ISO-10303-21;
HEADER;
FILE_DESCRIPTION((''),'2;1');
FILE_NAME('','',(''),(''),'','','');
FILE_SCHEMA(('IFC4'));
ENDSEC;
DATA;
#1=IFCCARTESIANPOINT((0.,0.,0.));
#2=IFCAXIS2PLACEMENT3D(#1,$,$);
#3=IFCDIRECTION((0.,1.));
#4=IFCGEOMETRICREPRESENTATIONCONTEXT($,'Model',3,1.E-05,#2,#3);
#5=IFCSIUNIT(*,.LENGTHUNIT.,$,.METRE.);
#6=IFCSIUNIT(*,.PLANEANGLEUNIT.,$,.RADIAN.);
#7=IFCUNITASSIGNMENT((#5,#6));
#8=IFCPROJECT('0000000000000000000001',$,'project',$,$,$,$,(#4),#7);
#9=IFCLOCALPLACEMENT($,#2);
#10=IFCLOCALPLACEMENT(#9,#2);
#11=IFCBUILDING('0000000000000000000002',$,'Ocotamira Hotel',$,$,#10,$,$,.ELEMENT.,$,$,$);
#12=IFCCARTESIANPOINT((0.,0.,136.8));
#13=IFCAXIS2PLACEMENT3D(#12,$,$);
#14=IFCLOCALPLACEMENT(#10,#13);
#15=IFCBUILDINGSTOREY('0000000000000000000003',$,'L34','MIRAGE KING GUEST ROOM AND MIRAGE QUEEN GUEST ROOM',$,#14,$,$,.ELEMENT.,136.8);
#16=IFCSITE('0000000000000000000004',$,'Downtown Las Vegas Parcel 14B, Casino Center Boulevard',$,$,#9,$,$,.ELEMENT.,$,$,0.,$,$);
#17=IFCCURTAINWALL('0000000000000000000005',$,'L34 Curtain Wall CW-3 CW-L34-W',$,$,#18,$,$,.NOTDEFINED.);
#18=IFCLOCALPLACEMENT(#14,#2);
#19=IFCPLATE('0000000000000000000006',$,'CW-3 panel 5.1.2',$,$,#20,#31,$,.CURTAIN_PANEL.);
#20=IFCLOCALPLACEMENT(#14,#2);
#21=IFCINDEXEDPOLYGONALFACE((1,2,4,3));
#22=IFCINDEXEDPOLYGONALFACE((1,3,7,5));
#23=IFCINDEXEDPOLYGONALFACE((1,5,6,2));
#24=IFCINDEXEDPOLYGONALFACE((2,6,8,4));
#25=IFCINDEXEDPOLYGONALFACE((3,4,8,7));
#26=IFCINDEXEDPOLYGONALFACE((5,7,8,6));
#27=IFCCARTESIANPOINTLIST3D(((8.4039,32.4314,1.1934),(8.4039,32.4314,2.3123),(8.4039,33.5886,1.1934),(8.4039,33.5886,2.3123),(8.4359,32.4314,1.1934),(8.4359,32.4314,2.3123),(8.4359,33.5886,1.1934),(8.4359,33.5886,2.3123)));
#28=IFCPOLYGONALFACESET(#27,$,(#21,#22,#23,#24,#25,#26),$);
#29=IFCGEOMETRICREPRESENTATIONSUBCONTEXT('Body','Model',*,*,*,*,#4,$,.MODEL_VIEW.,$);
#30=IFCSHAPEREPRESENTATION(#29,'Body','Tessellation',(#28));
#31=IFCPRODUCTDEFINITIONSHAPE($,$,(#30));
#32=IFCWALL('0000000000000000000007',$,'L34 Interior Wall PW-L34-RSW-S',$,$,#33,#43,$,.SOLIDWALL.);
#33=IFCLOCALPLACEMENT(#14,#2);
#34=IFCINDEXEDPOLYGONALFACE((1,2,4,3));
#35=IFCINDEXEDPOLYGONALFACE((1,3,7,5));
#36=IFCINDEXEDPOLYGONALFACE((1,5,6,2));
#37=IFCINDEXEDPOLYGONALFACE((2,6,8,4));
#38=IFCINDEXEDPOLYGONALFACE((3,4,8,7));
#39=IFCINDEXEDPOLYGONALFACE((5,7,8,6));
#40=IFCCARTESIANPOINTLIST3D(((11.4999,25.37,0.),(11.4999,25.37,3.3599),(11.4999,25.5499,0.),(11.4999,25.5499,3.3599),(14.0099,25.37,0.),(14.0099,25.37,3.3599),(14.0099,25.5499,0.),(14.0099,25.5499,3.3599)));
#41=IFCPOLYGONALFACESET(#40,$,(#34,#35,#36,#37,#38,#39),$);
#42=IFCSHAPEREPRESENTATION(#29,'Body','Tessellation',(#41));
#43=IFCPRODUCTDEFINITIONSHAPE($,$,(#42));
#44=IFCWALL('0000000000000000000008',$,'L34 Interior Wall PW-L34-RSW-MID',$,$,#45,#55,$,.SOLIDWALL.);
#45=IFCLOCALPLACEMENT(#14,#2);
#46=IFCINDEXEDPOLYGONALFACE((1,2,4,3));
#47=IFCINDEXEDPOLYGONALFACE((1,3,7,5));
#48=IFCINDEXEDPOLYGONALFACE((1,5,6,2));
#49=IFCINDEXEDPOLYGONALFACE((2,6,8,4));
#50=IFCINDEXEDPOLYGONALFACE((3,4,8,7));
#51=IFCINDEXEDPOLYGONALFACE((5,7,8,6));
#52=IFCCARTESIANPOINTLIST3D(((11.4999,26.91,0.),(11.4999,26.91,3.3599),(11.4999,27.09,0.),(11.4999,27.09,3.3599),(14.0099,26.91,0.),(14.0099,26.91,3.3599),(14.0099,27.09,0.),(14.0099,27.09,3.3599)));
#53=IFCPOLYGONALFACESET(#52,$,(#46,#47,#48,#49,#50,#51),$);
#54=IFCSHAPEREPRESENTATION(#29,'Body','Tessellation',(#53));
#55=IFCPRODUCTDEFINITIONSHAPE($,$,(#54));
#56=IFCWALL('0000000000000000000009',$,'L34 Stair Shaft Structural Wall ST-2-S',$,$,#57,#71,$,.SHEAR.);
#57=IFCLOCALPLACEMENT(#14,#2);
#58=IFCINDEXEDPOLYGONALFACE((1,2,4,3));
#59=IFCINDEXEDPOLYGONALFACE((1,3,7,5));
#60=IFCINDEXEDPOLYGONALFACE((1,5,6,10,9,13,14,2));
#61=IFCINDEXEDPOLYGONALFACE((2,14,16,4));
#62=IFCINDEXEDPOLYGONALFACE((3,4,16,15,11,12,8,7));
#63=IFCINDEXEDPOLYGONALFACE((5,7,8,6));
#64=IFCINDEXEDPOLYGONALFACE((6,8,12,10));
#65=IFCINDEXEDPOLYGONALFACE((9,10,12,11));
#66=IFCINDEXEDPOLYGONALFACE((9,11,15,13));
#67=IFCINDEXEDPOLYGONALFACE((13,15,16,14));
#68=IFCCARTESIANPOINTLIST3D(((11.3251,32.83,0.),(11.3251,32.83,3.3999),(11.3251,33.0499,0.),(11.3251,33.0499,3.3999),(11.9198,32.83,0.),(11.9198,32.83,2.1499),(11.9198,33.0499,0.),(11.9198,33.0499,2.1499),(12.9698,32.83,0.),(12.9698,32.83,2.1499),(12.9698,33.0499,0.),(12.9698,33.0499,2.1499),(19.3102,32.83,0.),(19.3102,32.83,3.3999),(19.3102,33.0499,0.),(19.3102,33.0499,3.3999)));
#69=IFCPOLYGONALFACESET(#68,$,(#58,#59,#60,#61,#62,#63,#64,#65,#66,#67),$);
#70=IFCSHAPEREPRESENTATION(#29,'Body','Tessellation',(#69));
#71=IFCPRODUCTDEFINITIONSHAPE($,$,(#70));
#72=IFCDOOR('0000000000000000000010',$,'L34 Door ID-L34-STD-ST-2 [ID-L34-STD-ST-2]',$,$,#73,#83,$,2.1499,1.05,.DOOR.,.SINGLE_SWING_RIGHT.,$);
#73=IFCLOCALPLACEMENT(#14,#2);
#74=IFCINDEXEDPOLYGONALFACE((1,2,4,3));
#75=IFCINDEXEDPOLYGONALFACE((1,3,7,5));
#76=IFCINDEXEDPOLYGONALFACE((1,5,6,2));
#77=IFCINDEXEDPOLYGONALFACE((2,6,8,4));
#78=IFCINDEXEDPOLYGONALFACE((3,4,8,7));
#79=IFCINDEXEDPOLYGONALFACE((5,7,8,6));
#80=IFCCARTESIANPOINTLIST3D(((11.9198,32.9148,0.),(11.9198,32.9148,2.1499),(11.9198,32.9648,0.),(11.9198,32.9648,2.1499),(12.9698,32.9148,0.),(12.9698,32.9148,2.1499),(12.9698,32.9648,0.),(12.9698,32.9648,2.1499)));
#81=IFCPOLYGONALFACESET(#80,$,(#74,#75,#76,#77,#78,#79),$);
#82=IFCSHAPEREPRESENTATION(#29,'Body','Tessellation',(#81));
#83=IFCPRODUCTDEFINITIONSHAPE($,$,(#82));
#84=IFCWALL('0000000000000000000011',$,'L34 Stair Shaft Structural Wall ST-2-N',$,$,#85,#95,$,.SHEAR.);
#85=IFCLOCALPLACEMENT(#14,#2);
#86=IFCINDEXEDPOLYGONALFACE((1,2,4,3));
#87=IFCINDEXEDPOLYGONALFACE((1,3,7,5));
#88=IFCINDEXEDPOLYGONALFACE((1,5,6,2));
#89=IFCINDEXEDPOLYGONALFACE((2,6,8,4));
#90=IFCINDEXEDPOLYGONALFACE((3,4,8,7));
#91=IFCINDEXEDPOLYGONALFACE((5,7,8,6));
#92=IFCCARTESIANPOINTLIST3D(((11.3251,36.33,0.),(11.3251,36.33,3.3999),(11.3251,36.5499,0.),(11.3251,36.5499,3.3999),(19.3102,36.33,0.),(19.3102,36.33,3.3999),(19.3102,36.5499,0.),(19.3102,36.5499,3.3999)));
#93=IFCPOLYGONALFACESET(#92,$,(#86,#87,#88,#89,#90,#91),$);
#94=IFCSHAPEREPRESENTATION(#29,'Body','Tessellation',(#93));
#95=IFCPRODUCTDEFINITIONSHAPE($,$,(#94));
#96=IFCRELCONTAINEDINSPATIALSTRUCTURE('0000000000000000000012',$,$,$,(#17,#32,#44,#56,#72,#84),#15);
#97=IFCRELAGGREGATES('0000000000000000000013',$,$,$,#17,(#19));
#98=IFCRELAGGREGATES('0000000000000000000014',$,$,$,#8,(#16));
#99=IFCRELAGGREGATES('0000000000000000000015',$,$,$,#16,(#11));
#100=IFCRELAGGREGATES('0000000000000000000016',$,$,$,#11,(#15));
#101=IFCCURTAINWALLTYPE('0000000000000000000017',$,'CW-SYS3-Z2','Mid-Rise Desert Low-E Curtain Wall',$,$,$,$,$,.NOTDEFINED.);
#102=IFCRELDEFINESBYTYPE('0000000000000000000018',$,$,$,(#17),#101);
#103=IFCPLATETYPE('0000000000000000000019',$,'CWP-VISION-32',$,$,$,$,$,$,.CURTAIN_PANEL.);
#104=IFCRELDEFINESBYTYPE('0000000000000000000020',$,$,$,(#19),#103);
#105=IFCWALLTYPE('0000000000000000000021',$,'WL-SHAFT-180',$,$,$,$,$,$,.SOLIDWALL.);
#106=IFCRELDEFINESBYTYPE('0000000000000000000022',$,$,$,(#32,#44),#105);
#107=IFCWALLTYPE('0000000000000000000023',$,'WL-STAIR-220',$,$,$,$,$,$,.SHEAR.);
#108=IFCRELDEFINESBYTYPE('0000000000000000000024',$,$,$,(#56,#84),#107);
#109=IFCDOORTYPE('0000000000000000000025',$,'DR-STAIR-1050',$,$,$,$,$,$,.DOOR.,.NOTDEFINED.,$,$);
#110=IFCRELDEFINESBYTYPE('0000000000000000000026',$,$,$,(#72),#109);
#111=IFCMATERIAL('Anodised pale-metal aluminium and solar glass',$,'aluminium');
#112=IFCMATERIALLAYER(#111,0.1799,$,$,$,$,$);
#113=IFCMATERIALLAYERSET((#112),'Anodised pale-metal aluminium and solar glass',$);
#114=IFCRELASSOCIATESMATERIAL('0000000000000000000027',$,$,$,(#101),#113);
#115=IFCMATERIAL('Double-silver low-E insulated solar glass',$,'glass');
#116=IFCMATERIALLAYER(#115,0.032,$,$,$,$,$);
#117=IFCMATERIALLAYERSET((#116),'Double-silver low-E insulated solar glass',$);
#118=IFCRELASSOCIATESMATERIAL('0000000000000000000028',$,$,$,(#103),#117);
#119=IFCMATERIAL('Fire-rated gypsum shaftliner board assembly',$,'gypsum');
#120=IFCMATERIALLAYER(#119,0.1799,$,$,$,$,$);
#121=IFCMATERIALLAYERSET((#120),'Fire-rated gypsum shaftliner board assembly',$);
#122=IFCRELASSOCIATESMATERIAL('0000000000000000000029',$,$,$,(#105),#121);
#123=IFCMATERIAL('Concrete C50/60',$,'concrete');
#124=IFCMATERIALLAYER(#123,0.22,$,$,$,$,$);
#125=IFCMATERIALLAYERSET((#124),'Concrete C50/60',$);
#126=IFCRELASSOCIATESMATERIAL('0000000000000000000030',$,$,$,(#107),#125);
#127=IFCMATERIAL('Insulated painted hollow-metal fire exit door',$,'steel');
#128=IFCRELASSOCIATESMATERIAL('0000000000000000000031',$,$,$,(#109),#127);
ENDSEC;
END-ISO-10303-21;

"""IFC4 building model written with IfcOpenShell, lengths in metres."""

from ifc_helpers import new_model, si_unit, direction, frame, frame_2d, origin, origin_2d, place, context, subcontext, project, spatial, rectangle, extrude, source, transform, mapped, material, layer, layer_set, type_object, element, fill, aggregate, save


model = new_model("IFC4")

# Units and contexts
model_context = context("Model", 3, precision=1e-05, world=origin(), true_north=direction((0.0, 1.0)))
body_context = subcontext(model_context, "Body", "Model", "MODEL_VIEW")
ifc_project = project(units=[si_unit("LENGTHUNIT", "METRE"), si_unit("PLANEANGLEUNIT", "RADIAN")], contexts=[model_context])

# Site, building, storey
site_placement = place(None, origin())
site = spatial("IfcSite", under=ifc_project, at=site_placement, Name="Downtown Las Vegas Parcel 14B, Casino Center Boulevard", CompositionType="ELEMENT", RefElevation=0.0)
building_placement = place(site_placement, origin())
building = spatial("IfcBuilding", under=site, at=building_placement, Name="Ocotamira Hotel", CompositionType="ELEMENT")
storey_placement = place(building_placement, frame((0.0, 0.0, 136.8)))
storey = spatial("IfcBuildingStorey", under=building, at=storey_placement, Name="L34", Description="MIRAGE KING GUEST ROOM AND MIRAGE QUEEN GUEST ROOM", CompositionType="ELEMENT", Elevation=136.8)

# Curtain wall
ifc_material_1 = material(Name="Anodised pale-metal aluminium and solar glass", Category="aluminium")
ifc_layer_1 = layer(ifc_material_1, 0.1799)
ifc_layer_set_1 = layer_set([ifc_layer_1], Name="Anodised pale-metal aluminium and solar glass")
curtain_wall_type = type_object("IfcCurtainWallType", Name="CW-SYS3-Z2", Description="Mid-Rise Desert Low-E Curtain Wall", PredefinedType="NOTDEFINED", material=ifc_layer_set_1)
curtain_wall_placement = place(storey_placement, origin())
curtain_wall = element("IfcCurtainWall", 1, at=curtain_wall_placement, inside=storey, type_object=curtain_wall_type, Name="L34 Curtain Wall CW-3 CW-L34-W", PredefinedType="NOTDEFINED")

# Plate
ifc_material_2 = material(Name="Double-silver low-E insulated solar glass", Category="glass")
ifc_layer_2 = layer(ifc_material_2, 0.032)
ifc_layer_set_2 = layer_set([ifc_layer_2], Name="Double-silver low-E insulated solar glass")
plate_type_1 = type_object("IfcPlateType", Name="CWP-VISION-32", PredefinedType="CURTAIN_PANEL", material=ifc_layer_set_2)
shared_shape_1 = source(origin(), body_context, "Body", "SweptSolid", [
    extrude(rectangle(XDim=1.1572, YDim=0.032, at=origin_2d()), origin(), (0.0, 0.0, 1.0), 1.1189),
])
plate_1_placement = place(storey_placement, frame((8.4199, 33.01, 1.1934), z_axis=(0.0, 0.0, 1.0), x_axis=(0.0, 1.0, 0.0)))
plate_1 = element("IfcPlate", 2, at=plate_1_placement, type_object=plate_type_1, Name="CW-3 panel 5.1.2", PredefinedType="CURTAIN_PANEL", context=body_context, shape_type="MappedRepresentation", body=[
    mapped(shared_shape_1, transform((0.0, 0.0, 0.0), scale=1.0)),
])
aggregate(curtain_wall, [plate_1])

# Walls
ifc_material_3 = material(Name="Fire-rated gypsum shaftliner board assembly", Category="gypsum")
ifc_layer_3 = layer(ifc_material_3, 0.1799)
ifc_layer_set_3 = layer_set([ifc_layer_3], Name="Fire-rated gypsum shaftliner board assembly")
wall_type_1 = type_object("IfcWallType", Name="WL-SHAFT-180", PredefinedType="SOLIDWALL", material=ifc_layer_set_3)
for number, where, z_axis, x_axis, name in (
    (3, (11.5, 25.46, 0.0), (0.0, 0.0, 1.0), (1.0, 0.0, 0.0), "L34 Interior Wall PW-L34-RSW-S"),
    (4, (11.5, 27.0, 0.0), (0.0, 0.0, 1.0), (1.0, 0.0, 0.0), "L34 Interior Wall PW-L34-RSW-MID"),
):
    element("IfcWall", number, at=place(storey_placement, frame(where, z_axis=z_axis, x_axis=x_axis)), inside=storey, type_object=wall_type_1, Name=name, PredefinedType="SOLIDWALL", context=body_context, shape_type="SweptSolid", body=[
        extrude(rectangle(XDim=2.51, YDim=0.1799, at=frame_2d((1.2549, 0.0))), origin(), (0.0, 0.0, 1.0), 3.3599),
    ])

# Wall, opening, door
ifc_material_4 = material(Name="Concrete C50/60", Category="concrete")
ifc_layer_4 = layer(ifc_material_4, 0.22)
ifc_layer_set_4 = layer_set([ifc_layer_4], Name="Concrete C50/60")
wall_type_2 = type_object("IfcWallType", Name="WL-STAIR-220", PredefinedType="SHEAR", material=ifc_layer_set_4)
wall_1_placement = place(storey_placement, frame((11.325, 32.9399, 0.0), z_axis=(0.0, 0.0, 1.0), x_axis=(1.0, 0.0, 0.0)))
wall_1 = element("IfcWall", 5, at=wall_1_placement, inside=storey, type_object=wall_type_2, Name="L34 Stair Shaft Structural Wall ST-2-S", PredefinedType="SHEAR", context=body_context, shape_type="SweptSolid", body=[
    extrude(rectangle(XDim=7.9851, YDim=0.22, at=frame_2d((3.9927, 0.0))), origin(), (0.0, 0.0, 1.0), 3.3999),
])
opening_1_placement = place(wall_1_placement, frame((0.595, 0.0, 0.0)))
opening_1 = element("IfcOpeningElement", 6, at=opening_1_placement, cuts=wall_1, PredefinedType="OPENING", context=body_context, shape_type="SweptSolid", body=[
    extrude(rectangle(XDim=1.05, YDim=2.1499, at=frame_2d((0.5249, 1.075))), frame((0.0, 0.1201, 0.0), z_axis=(0.0, -1.0, 0.0), x_axis=(1.0, 0.0, 0.0)), (0.0, 0.0, 1.0), 0.24),
])
ifc_material_5 = material(Name="Insulated painted hollow-metal fire exit door", Category="steel")
door_type_1 = type_object("IfcDoorType", Name="DR-STAIR-1050", OperationType="NOTDEFINED", PredefinedType="DOOR", material=ifc_material_5)
shared_shape_2 = source(origin(), body_context, "Body", "SweptSolid", [
    extrude(rectangle(XDim=1.05, YDim=2.1499, at=frame_2d((0.5249, 1.075))), frame((0.0, 0.0249, 0.0), z_axis=(0.0, -1.0, 0.0), x_axis=(1.0, 0.0, 0.0)), (0.0, 0.0, 1.0), 0.05),
])
door_1_placement = place(opening_1_placement, origin())
door_1 = element("IfcDoor", 7, at=door_1_placement, inside=storey, type_object=door_type_1, Name="L34 Door ID-L34-STD-ST-2 [ID-L34-STD-ST-2]", OperationType="SINGLE_SWING_RIGHT", OverallHeight=2.1499, OverallWidth=1.05, PredefinedType="DOOR", context=body_context, shape_type="MappedRepresentation", body=[
    mapped(shared_shape_2, transform((0.0, 0.0, 0.0), scale=1.0)),
])
fill(opening_1, door_1)

# Wall
wall_2_placement = place(storey_placement, frame((11.325, 36.4399, 0.0), z_axis=(0.0, 0.0, 1.0), x_axis=(1.0, 0.0, 0.0)))
element("IfcWall", 8, at=wall_2_placement, inside=storey, type_object=wall_type_2, Name="L34 Stair Shaft Structural Wall ST-2-N", PredefinedType="SHEAR", context=body_context, shape_type="SweptSolid", body=[
    extrude(rectangle(XDim=7.9851, YDim=0.22, at=frame_2d((3.9927, 0.0))), origin(), (0.0, 0.0, 1.0), 3.3999),
])

save(model, "model.ifc")
